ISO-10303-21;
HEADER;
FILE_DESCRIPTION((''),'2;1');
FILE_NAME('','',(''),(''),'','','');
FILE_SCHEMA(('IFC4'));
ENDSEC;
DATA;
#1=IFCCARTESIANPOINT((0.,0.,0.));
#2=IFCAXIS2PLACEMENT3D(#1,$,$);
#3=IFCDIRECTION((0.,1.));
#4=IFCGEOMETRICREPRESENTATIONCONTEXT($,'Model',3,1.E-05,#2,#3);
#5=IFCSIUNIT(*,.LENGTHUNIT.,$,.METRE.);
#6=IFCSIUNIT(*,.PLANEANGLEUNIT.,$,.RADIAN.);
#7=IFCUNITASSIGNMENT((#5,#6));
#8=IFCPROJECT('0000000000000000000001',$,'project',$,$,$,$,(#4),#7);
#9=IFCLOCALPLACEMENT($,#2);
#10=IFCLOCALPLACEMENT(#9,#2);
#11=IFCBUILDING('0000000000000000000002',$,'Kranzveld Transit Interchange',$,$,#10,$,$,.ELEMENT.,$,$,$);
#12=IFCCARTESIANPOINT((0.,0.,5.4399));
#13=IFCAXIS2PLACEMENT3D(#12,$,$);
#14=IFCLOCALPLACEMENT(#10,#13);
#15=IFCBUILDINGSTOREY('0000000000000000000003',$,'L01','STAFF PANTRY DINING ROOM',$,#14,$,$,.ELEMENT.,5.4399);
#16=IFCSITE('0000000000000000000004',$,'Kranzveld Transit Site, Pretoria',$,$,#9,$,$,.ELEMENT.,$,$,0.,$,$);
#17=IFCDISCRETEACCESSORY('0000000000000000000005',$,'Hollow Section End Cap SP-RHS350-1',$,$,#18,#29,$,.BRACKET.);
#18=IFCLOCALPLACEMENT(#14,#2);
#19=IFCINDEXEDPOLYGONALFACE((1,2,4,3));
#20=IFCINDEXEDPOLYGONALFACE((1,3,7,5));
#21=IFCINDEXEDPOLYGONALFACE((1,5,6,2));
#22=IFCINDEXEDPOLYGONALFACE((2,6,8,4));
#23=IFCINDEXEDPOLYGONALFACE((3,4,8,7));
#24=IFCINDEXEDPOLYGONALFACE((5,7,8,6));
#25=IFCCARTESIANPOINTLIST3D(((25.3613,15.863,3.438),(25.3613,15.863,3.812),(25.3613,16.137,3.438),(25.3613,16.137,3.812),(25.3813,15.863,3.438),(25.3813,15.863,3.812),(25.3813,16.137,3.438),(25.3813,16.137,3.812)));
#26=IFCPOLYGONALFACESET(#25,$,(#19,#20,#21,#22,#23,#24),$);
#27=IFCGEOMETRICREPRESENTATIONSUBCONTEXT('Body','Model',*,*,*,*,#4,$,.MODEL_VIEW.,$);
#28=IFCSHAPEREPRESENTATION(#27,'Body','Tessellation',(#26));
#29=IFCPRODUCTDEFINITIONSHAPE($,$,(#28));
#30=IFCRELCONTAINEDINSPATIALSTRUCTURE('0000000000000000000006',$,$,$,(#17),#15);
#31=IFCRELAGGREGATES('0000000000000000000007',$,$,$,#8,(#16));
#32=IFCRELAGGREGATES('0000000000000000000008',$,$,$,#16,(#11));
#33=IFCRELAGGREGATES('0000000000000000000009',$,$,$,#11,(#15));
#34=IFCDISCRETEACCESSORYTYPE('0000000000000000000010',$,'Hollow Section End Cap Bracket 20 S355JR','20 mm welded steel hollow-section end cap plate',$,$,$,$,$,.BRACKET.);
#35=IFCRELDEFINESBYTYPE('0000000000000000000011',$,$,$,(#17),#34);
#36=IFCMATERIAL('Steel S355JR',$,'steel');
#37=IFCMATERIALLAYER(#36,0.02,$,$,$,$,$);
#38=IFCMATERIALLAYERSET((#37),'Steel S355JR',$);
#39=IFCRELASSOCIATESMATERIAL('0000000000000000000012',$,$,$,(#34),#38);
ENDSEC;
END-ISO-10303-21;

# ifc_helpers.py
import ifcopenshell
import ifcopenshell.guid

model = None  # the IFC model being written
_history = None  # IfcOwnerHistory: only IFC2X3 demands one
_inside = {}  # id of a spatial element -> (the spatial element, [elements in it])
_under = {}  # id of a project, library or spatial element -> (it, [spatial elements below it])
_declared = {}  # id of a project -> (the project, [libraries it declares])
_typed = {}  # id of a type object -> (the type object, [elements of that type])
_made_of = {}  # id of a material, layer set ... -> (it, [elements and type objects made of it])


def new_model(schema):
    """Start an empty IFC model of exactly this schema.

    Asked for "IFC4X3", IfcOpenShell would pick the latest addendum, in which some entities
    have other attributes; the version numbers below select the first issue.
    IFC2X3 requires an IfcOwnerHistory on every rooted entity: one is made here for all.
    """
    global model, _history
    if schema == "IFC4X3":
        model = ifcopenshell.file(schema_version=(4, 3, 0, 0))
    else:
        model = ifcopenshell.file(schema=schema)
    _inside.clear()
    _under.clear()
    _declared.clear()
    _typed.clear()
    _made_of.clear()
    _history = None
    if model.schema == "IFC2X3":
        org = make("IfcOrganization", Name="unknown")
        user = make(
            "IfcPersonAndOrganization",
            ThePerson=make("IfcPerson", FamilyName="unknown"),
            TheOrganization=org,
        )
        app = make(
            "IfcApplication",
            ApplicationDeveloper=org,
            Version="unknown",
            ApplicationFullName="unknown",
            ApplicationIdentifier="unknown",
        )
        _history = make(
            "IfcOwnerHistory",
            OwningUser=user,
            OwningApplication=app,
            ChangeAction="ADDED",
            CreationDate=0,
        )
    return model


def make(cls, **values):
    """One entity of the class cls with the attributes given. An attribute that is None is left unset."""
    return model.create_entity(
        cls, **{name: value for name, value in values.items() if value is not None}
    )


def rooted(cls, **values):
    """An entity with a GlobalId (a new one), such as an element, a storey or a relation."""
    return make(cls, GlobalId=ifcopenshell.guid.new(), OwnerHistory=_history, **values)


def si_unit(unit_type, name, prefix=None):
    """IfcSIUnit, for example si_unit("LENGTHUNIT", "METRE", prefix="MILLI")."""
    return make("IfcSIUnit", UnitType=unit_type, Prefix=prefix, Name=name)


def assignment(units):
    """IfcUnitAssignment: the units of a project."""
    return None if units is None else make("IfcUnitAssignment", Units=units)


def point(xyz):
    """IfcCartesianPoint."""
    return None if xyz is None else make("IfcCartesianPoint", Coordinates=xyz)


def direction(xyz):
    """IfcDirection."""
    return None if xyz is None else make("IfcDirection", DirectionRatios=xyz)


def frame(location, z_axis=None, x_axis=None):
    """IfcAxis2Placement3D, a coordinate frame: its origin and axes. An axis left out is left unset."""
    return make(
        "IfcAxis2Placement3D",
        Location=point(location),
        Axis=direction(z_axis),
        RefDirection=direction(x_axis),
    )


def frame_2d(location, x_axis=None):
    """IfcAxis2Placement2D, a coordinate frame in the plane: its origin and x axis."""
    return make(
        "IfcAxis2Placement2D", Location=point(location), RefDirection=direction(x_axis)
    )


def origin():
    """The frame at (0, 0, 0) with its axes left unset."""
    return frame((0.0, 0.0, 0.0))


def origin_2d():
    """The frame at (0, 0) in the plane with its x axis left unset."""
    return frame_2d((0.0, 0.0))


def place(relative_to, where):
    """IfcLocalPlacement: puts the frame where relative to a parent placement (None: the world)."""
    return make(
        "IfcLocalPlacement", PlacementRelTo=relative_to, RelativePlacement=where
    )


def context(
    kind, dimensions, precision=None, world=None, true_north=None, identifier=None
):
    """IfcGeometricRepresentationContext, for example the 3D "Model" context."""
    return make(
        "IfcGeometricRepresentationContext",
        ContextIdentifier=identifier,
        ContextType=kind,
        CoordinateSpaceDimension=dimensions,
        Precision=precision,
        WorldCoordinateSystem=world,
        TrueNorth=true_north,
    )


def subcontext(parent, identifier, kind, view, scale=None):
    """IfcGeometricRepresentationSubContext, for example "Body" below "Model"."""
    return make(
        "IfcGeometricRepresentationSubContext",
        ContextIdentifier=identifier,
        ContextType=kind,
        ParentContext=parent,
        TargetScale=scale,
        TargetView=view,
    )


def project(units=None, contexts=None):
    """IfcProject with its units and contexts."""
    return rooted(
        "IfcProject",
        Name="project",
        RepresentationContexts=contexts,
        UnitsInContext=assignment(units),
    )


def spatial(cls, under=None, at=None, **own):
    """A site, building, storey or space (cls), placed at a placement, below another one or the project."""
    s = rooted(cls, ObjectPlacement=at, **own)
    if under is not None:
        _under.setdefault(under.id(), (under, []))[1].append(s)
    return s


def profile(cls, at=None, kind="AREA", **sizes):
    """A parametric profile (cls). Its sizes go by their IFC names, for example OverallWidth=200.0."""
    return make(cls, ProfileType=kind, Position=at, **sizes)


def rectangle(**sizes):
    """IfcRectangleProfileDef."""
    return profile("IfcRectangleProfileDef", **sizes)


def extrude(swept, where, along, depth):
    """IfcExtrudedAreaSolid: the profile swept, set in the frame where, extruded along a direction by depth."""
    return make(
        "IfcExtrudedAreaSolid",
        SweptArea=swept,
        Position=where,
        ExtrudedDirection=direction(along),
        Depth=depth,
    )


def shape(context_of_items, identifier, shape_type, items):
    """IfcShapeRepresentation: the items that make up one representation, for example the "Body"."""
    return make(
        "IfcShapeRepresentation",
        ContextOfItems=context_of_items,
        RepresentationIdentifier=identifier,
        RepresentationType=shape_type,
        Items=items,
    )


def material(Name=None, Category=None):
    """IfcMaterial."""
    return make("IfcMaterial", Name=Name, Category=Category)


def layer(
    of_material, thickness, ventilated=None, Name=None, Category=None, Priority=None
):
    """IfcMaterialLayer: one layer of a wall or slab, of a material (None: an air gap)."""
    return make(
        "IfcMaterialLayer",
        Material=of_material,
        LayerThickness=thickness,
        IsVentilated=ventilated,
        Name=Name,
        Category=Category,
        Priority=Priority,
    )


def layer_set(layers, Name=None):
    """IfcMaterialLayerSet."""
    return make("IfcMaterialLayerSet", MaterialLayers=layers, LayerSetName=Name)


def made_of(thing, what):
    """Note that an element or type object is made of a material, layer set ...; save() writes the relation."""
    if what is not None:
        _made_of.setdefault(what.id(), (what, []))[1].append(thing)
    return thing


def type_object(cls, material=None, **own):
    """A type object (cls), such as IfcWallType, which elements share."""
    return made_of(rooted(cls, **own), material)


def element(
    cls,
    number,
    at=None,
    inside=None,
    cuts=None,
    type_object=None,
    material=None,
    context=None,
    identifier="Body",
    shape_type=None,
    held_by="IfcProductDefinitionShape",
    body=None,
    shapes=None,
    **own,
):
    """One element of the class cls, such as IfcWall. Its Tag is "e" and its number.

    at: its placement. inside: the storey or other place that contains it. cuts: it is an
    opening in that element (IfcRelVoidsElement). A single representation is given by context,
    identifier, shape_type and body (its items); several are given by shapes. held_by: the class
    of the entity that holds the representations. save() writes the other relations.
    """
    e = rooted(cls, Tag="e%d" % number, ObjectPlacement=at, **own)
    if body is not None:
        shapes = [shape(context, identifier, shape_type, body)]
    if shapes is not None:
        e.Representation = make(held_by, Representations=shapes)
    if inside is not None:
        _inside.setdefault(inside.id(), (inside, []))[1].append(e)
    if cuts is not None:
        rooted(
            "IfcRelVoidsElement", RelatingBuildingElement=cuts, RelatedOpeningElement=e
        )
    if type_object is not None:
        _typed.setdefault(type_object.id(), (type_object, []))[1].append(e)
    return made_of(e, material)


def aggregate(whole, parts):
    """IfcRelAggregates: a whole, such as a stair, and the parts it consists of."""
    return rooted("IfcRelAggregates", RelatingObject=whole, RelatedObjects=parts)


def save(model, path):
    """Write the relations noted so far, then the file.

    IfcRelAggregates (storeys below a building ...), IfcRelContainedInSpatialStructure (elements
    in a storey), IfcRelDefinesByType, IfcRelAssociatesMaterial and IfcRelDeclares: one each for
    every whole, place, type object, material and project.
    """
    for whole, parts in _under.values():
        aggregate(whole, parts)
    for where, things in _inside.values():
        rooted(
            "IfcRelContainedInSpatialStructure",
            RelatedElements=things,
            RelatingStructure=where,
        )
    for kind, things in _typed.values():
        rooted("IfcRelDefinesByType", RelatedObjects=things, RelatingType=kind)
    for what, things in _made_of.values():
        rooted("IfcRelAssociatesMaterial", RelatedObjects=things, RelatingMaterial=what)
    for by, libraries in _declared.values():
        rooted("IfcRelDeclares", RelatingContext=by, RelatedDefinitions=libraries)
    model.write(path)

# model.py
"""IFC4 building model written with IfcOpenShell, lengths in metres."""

from ifc_helpers import new_model, si_unit, direction, frame, origin, origin_2d, place, context, subcontext, project, spatial, rectangle, extrude, material, layer, layer_set, type_object, element, save


model = new_model("IFC4")

# Units and contexts
model_context = context("Model", 3, precision=1e-05, world=origin(), true_north=direction((0.0, 1.0)))
body_context = subcontext(model_context, "Body", "Model", "MODEL_VIEW")
ifc_project = project(units=[si_unit("LENGTHUNIT", "METRE"), si_unit("PLANEANGLEUNIT", "RADIAN")], contexts=[model_context])

# Site, building, storey
site_placement = place(None, origin())
site = spatial("IfcSite", under=ifc_project, at=site_placement, Name="Kranzveld Transit Site, Pretoria", CompositionType="ELEMENT", RefElevation=0.0)
building_placement = place(site_placement, origin())
building = spatial("IfcBuilding", under=site, at=building_placement, Name="Kranzveld Transit Interchange", CompositionType="ELEMENT")
storey_placement = place(building_placement, frame((0.0, 0.0, 5.4399)))
storey = spatial("IfcBuildingStorey", under=building, at=storey_placement, Name="L01", Description="STAFF PANTRY DINING ROOM", CompositionType="ELEMENT", Elevation=5.4399)

# Discrete accessory
ifc_material_1 = material(Name="Steel S355JR", Category="steel")
ifc_layer_1 = layer(ifc_material_1, 0.02)
ifc_layer_set_1 = layer_set([ifc_layer_1], Name="Steel S355JR")
discrete_accessory_type = type_object("IfcDiscreteAccessoryType", Name="Hollow Section End Cap Bracket 20 S355JR", Description="20 mm welded steel hollow-section end cap plate", PredefinedType="BRACKET", material=ifc_layer_set_1)
for number, where, z_axis, x_axis, name in (
    (1, (25.3813, 16.0, 3.625), (-1.0, 0.0, 0.0), (0.0, -1.0, 0.0), "Hollow Section End Cap SP-RHS350-1"),
):
    element("IfcDiscreteAccessory", number, at=place(storey_placement, frame(where, z_axis=z_axis, x_axis=x_axis)), inside=storey, type_object=discrete_accessory_type, Name=name, PredefinedType="BRACKET", context=body_context, shape_type="SweptSolid", body=[
        extrude(rectangle(XDim=0.2739, YDim=0.374, at=origin_2d()), origin(), (0.0, 0.0, 1.0), 0.02),
    ])

save(model, "model.ifc")
